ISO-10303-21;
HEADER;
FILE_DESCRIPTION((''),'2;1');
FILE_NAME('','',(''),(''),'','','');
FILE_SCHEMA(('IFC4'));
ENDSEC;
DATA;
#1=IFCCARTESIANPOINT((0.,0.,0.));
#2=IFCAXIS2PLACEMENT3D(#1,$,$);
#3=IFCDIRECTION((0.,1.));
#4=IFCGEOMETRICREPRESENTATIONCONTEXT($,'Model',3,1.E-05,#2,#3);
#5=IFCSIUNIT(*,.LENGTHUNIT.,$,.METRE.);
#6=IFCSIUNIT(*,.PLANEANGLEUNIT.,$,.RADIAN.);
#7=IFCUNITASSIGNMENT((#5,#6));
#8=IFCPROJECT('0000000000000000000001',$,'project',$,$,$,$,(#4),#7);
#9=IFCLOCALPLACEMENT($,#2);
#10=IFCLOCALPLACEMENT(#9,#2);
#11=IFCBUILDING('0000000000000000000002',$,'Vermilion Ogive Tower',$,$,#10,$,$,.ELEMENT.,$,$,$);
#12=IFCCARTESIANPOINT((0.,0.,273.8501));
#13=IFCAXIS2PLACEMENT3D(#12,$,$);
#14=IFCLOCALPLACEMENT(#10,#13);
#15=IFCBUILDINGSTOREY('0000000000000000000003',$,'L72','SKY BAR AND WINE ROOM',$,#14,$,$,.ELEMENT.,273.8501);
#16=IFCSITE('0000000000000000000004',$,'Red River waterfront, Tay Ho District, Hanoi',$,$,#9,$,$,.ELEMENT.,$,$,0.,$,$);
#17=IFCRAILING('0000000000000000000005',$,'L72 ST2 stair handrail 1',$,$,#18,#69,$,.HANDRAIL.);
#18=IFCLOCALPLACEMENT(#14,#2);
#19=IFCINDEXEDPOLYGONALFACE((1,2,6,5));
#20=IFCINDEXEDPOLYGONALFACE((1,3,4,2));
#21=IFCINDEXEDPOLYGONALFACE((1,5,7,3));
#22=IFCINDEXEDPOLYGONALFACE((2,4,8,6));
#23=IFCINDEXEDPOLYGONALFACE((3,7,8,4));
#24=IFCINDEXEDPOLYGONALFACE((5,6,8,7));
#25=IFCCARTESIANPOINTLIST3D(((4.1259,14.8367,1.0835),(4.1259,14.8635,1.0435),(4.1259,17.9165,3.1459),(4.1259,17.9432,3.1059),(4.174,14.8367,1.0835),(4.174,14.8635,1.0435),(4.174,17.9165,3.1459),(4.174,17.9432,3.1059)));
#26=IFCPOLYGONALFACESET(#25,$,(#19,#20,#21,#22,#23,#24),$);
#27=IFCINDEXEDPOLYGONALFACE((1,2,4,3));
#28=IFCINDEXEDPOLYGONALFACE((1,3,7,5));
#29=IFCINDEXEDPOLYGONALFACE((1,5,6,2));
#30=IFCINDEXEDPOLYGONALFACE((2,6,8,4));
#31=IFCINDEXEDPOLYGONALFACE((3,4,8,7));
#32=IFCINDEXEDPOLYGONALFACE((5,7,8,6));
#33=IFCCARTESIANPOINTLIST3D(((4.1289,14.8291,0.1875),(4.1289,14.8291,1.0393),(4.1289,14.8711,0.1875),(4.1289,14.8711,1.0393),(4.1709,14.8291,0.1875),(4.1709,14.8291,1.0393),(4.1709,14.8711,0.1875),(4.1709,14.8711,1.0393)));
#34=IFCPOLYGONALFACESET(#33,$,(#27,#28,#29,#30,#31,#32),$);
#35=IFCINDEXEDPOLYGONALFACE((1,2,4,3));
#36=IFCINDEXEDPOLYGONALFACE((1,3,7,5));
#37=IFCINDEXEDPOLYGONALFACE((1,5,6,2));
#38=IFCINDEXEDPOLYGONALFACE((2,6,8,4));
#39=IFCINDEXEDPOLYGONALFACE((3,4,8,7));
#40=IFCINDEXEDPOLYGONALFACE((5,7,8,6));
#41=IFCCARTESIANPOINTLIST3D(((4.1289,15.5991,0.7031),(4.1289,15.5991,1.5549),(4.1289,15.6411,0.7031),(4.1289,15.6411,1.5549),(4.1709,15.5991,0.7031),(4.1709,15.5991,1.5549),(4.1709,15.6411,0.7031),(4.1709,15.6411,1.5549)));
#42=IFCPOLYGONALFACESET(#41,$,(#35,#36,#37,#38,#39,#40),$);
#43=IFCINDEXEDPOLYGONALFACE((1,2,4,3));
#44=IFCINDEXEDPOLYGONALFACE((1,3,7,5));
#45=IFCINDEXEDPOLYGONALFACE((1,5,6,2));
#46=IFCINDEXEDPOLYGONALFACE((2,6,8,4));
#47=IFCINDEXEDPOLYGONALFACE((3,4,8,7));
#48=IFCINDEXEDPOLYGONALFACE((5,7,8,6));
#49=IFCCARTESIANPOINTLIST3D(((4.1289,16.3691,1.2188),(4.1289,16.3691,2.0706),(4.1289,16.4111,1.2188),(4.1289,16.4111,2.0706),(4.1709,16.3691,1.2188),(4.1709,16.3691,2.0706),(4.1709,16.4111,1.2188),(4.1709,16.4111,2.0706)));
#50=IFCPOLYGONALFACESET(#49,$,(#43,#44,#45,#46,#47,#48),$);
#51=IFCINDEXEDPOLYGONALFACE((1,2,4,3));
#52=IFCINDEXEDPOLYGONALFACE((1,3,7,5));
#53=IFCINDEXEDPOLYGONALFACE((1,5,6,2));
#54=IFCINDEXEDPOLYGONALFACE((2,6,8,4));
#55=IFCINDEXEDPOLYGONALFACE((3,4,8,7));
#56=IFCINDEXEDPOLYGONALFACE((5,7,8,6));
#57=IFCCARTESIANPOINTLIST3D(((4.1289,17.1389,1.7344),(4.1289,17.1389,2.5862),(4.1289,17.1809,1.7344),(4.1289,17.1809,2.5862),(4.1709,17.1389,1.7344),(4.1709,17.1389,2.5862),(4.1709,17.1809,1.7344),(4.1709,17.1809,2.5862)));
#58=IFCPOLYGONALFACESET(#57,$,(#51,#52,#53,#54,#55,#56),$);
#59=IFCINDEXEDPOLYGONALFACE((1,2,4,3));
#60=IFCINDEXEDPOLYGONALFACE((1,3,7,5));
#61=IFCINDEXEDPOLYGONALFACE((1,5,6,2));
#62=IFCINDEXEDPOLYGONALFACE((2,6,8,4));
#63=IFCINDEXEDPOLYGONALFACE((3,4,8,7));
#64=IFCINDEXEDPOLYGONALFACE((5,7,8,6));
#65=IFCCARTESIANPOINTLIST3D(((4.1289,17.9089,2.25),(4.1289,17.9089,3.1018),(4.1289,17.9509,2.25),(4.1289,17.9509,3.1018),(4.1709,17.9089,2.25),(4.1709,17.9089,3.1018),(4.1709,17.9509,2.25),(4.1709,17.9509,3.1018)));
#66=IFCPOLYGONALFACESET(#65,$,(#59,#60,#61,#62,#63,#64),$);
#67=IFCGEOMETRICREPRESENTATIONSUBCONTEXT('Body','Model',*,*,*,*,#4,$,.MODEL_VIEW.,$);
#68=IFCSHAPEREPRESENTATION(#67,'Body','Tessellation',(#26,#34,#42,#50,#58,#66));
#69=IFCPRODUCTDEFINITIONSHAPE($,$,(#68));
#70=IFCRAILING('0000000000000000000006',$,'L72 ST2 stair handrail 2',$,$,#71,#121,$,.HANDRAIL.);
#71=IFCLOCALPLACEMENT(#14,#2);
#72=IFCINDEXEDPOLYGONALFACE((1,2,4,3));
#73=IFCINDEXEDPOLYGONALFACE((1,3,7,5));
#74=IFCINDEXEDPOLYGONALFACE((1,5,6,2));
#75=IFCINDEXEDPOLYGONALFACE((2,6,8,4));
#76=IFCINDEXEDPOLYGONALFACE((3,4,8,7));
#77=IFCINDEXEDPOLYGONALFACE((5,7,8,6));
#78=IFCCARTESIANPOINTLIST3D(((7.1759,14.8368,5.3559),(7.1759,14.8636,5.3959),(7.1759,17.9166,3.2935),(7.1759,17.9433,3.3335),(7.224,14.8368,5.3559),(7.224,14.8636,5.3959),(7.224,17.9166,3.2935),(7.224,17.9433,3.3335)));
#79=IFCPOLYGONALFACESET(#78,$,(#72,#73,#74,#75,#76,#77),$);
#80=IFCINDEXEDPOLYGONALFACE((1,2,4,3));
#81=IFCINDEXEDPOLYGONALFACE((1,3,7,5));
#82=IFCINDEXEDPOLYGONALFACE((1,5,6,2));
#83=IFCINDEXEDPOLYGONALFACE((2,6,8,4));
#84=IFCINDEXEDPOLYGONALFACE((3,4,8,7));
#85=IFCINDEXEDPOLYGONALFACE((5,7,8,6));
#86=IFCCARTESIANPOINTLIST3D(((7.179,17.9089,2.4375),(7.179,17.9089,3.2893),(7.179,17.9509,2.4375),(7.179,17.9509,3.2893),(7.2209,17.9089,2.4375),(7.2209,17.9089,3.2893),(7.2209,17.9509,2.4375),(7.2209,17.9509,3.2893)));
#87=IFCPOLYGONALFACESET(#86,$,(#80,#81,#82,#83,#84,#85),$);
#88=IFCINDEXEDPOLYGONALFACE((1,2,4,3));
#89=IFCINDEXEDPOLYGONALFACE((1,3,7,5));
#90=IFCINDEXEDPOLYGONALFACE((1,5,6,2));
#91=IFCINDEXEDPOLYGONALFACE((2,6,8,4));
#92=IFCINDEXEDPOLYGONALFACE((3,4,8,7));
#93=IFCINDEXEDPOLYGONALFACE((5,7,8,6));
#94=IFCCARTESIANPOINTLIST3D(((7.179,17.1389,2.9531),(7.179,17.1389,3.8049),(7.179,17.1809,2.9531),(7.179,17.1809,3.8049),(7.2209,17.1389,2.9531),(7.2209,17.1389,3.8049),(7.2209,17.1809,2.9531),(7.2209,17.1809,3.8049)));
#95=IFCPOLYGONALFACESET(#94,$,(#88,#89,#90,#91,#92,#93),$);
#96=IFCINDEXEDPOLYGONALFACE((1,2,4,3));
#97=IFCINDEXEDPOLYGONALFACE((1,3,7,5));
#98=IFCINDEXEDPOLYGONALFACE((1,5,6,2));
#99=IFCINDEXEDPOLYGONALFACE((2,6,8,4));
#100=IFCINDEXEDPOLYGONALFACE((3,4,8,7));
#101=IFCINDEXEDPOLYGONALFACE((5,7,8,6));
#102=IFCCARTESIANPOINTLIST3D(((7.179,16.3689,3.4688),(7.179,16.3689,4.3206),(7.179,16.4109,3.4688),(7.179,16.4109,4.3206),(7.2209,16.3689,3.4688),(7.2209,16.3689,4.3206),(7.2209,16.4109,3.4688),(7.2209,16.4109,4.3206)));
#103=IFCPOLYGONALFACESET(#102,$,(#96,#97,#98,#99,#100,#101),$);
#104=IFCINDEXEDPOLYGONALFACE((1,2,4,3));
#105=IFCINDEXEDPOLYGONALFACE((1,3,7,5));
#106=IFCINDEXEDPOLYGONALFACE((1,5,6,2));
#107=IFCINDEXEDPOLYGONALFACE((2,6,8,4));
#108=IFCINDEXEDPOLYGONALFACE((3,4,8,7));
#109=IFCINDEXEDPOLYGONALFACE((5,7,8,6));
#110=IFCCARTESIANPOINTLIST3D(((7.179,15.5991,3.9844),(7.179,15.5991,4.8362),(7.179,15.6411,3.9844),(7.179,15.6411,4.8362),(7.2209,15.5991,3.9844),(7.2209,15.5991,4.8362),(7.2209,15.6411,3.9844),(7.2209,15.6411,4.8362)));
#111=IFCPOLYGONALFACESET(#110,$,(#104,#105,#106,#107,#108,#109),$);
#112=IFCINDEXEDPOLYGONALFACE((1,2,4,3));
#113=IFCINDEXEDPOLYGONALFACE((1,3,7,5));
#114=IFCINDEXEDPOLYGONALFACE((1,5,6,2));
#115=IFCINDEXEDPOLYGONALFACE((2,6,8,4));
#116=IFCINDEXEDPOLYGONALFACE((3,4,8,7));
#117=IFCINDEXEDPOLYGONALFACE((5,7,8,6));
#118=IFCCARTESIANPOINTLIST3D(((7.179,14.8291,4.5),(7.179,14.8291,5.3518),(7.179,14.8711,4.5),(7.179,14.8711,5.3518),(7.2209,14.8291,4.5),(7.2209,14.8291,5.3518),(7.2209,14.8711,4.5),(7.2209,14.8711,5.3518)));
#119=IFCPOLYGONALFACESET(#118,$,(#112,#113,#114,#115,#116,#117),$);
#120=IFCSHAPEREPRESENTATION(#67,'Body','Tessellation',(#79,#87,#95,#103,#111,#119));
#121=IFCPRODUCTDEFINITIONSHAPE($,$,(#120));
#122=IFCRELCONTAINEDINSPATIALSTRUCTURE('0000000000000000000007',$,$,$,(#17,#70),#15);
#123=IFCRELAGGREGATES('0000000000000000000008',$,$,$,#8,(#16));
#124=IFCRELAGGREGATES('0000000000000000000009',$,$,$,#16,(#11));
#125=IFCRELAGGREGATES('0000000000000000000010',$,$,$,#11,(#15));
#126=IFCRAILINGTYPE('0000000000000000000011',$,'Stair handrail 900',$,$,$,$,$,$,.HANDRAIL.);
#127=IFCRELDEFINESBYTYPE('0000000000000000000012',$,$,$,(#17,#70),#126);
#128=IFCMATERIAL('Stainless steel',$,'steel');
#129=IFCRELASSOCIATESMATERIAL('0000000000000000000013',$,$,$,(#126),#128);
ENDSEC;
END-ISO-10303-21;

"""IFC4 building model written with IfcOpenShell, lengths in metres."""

from ifc_helpers import new_model, si_unit, direction, frame, origin, origin_2d, place, context, subcontext, project, spatial, rectangle, extrude, material, type_object, element, save


model = new_model("IFC4")

# Units and contexts
model_context = context("Model", 3, precision=1e-05, world=origin(), true_north=direction((0.0, 1.0)))
body_context = subcontext(model_context, "Body", "Model", "MODEL_VIEW")
ifc_project = project(units=[si_unit("LENGTHUNIT", "METRE"), si_unit("PLANEANGLEUNIT", "RADIAN")], contexts=[model_context])

# Site, building, storey
site_placement = place(None, origin())
site = spatial("IfcSite", under=ifc_project, at=site_placement, Name="Red River waterfront, Tay Ho District, Hanoi", CompositionType="ELEMENT", RefElevation=0.0)
building_placement = place(site_placement, origin())
building = spatial("IfcBuilding", under=site, at=building_placement, Name="Vermilion Ogive Tower", CompositionType="ELEMENT")
storey_placement = place(building_placement, frame((0.0, 0.0, 273.8501)))
storey = spatial("IfcBuildingStorey", under=building, at=storey_placement, Name="L72", Description="SKY BAR AND WINE ROOM", CompositionType="ELEMENT", Elevation=273.8501)

# Railings
ifc_material_1 = material(Name="Stainless steel", Category="steel")
railing_type_1 = type_object("IfcRailingType", Name="Stair handrail 900", PredefinedType="HANDRAIL", material=ifc_material_1)
railing_1_placement = place(storey_placement, frame((4.1499, 14.8501, 0.1875)))
element("IfcRailing", 1, at=railing_1_placement, inside=storey, type_object=railing_type_1, Name="L72 ST2 stair handrail 1", PredefinedType="HANDRAIL", context=body_context, shape_type="SweptSolid", body=[
    extrude(rectangle(XDim=0.0481, YDim=0.0481, at=origin_2d()), frame((0.0, 0.0, 0.876), z_axis=(0.0, 0.830893, 0.556432), x_axis=(-1.0, 0.0, 0.0)), (0.0, 0.0, 1.0), 3.7065),
    extrude(rectangle(XDim=0.042, YDim=0.042, at=origin_2d()), origin(), (0.0, 0.0, 1.0), 0.8518),
    extrude(rectangle(XDim=0.042, YDim=0.042, at=origin_2d()), frame((0.0, 0.77, 0.5156)), (0.0, 0.0, 1.0), 0.8518),
    extrude(rectangle(XDim=0.042, YDim=0.042, at=origin_2d()), frame((0.0, 1.54, 1.0312)), (0.0, 0.0, 1.0), 0.8518),
    extrude(rectangle(XDim=0.042, YDim=0.042, at=origin_2d()), frame((0.0, 2.3098, 1.5469)), (0.0, 0.0, 1.0), 0.8518),
    extrude(rectangle(XDim=0.042, YDim=0.042, at=origin_2d()), frame((0.0, 3.0798, 2.0625)), (0.0, 0.0, 1.0), 0.8518),
])
railing_2_placement = place(storey_placement, frame((7.2, 17.9299, 2.4375)))
element("IfcRailing", 2, at=railing_2_placement, inside=storey, type_object=railing_type_1, Name="L72 ST2 stair handrail 2", PredefinedType="HANDRAIL", context=body_context, shape_type="SweptSolid", body=[
    extrude(rectangle(XDim=0.0481, YDim=0.0481, at=origin_2d()), frame((0.0, 0.0, 0.876), z_axis=(0.0, -0.830893, 0.556432), x_axis=(1.0, 0.0, 0.0)), (0.0, 0.0, 1.0), 3.7065),
    extrude(rectangle(XDim=0.042, YDim=0.042, at=origin_2d()), origin(), (0.0, 0.0, 1.0), 0.8518),
    extrude(rectangle(XDim=0.042, YDim=0.042, at=origin_2d()), frame((0.0, -0.77, 0.5156)), (0.0, 0.0, 1.0), 0.8518),
    extrude(rectangle(XDim=0.042, YDim=0.042, at=origin_2d()), frame((0.0, -1.54, 1.0312)), (0.0, 0.0, 1.0), 0.8518),
    extrude(rectangle(XDim=0.042, YDim=0.042, at=origin_2d()), frame((0.0, -2.3098, 1.5469)), (0.0, 0.0, 1.0), 0.8518),
    extrude(rectangle(XDim=0.042, YDim=0.042, at=origin_2d()), frame((0.0, -3.0798, 2.0625)), (0.0, 0.0, 1.0), 0.8518),
])

save(model, "model.ifc")
